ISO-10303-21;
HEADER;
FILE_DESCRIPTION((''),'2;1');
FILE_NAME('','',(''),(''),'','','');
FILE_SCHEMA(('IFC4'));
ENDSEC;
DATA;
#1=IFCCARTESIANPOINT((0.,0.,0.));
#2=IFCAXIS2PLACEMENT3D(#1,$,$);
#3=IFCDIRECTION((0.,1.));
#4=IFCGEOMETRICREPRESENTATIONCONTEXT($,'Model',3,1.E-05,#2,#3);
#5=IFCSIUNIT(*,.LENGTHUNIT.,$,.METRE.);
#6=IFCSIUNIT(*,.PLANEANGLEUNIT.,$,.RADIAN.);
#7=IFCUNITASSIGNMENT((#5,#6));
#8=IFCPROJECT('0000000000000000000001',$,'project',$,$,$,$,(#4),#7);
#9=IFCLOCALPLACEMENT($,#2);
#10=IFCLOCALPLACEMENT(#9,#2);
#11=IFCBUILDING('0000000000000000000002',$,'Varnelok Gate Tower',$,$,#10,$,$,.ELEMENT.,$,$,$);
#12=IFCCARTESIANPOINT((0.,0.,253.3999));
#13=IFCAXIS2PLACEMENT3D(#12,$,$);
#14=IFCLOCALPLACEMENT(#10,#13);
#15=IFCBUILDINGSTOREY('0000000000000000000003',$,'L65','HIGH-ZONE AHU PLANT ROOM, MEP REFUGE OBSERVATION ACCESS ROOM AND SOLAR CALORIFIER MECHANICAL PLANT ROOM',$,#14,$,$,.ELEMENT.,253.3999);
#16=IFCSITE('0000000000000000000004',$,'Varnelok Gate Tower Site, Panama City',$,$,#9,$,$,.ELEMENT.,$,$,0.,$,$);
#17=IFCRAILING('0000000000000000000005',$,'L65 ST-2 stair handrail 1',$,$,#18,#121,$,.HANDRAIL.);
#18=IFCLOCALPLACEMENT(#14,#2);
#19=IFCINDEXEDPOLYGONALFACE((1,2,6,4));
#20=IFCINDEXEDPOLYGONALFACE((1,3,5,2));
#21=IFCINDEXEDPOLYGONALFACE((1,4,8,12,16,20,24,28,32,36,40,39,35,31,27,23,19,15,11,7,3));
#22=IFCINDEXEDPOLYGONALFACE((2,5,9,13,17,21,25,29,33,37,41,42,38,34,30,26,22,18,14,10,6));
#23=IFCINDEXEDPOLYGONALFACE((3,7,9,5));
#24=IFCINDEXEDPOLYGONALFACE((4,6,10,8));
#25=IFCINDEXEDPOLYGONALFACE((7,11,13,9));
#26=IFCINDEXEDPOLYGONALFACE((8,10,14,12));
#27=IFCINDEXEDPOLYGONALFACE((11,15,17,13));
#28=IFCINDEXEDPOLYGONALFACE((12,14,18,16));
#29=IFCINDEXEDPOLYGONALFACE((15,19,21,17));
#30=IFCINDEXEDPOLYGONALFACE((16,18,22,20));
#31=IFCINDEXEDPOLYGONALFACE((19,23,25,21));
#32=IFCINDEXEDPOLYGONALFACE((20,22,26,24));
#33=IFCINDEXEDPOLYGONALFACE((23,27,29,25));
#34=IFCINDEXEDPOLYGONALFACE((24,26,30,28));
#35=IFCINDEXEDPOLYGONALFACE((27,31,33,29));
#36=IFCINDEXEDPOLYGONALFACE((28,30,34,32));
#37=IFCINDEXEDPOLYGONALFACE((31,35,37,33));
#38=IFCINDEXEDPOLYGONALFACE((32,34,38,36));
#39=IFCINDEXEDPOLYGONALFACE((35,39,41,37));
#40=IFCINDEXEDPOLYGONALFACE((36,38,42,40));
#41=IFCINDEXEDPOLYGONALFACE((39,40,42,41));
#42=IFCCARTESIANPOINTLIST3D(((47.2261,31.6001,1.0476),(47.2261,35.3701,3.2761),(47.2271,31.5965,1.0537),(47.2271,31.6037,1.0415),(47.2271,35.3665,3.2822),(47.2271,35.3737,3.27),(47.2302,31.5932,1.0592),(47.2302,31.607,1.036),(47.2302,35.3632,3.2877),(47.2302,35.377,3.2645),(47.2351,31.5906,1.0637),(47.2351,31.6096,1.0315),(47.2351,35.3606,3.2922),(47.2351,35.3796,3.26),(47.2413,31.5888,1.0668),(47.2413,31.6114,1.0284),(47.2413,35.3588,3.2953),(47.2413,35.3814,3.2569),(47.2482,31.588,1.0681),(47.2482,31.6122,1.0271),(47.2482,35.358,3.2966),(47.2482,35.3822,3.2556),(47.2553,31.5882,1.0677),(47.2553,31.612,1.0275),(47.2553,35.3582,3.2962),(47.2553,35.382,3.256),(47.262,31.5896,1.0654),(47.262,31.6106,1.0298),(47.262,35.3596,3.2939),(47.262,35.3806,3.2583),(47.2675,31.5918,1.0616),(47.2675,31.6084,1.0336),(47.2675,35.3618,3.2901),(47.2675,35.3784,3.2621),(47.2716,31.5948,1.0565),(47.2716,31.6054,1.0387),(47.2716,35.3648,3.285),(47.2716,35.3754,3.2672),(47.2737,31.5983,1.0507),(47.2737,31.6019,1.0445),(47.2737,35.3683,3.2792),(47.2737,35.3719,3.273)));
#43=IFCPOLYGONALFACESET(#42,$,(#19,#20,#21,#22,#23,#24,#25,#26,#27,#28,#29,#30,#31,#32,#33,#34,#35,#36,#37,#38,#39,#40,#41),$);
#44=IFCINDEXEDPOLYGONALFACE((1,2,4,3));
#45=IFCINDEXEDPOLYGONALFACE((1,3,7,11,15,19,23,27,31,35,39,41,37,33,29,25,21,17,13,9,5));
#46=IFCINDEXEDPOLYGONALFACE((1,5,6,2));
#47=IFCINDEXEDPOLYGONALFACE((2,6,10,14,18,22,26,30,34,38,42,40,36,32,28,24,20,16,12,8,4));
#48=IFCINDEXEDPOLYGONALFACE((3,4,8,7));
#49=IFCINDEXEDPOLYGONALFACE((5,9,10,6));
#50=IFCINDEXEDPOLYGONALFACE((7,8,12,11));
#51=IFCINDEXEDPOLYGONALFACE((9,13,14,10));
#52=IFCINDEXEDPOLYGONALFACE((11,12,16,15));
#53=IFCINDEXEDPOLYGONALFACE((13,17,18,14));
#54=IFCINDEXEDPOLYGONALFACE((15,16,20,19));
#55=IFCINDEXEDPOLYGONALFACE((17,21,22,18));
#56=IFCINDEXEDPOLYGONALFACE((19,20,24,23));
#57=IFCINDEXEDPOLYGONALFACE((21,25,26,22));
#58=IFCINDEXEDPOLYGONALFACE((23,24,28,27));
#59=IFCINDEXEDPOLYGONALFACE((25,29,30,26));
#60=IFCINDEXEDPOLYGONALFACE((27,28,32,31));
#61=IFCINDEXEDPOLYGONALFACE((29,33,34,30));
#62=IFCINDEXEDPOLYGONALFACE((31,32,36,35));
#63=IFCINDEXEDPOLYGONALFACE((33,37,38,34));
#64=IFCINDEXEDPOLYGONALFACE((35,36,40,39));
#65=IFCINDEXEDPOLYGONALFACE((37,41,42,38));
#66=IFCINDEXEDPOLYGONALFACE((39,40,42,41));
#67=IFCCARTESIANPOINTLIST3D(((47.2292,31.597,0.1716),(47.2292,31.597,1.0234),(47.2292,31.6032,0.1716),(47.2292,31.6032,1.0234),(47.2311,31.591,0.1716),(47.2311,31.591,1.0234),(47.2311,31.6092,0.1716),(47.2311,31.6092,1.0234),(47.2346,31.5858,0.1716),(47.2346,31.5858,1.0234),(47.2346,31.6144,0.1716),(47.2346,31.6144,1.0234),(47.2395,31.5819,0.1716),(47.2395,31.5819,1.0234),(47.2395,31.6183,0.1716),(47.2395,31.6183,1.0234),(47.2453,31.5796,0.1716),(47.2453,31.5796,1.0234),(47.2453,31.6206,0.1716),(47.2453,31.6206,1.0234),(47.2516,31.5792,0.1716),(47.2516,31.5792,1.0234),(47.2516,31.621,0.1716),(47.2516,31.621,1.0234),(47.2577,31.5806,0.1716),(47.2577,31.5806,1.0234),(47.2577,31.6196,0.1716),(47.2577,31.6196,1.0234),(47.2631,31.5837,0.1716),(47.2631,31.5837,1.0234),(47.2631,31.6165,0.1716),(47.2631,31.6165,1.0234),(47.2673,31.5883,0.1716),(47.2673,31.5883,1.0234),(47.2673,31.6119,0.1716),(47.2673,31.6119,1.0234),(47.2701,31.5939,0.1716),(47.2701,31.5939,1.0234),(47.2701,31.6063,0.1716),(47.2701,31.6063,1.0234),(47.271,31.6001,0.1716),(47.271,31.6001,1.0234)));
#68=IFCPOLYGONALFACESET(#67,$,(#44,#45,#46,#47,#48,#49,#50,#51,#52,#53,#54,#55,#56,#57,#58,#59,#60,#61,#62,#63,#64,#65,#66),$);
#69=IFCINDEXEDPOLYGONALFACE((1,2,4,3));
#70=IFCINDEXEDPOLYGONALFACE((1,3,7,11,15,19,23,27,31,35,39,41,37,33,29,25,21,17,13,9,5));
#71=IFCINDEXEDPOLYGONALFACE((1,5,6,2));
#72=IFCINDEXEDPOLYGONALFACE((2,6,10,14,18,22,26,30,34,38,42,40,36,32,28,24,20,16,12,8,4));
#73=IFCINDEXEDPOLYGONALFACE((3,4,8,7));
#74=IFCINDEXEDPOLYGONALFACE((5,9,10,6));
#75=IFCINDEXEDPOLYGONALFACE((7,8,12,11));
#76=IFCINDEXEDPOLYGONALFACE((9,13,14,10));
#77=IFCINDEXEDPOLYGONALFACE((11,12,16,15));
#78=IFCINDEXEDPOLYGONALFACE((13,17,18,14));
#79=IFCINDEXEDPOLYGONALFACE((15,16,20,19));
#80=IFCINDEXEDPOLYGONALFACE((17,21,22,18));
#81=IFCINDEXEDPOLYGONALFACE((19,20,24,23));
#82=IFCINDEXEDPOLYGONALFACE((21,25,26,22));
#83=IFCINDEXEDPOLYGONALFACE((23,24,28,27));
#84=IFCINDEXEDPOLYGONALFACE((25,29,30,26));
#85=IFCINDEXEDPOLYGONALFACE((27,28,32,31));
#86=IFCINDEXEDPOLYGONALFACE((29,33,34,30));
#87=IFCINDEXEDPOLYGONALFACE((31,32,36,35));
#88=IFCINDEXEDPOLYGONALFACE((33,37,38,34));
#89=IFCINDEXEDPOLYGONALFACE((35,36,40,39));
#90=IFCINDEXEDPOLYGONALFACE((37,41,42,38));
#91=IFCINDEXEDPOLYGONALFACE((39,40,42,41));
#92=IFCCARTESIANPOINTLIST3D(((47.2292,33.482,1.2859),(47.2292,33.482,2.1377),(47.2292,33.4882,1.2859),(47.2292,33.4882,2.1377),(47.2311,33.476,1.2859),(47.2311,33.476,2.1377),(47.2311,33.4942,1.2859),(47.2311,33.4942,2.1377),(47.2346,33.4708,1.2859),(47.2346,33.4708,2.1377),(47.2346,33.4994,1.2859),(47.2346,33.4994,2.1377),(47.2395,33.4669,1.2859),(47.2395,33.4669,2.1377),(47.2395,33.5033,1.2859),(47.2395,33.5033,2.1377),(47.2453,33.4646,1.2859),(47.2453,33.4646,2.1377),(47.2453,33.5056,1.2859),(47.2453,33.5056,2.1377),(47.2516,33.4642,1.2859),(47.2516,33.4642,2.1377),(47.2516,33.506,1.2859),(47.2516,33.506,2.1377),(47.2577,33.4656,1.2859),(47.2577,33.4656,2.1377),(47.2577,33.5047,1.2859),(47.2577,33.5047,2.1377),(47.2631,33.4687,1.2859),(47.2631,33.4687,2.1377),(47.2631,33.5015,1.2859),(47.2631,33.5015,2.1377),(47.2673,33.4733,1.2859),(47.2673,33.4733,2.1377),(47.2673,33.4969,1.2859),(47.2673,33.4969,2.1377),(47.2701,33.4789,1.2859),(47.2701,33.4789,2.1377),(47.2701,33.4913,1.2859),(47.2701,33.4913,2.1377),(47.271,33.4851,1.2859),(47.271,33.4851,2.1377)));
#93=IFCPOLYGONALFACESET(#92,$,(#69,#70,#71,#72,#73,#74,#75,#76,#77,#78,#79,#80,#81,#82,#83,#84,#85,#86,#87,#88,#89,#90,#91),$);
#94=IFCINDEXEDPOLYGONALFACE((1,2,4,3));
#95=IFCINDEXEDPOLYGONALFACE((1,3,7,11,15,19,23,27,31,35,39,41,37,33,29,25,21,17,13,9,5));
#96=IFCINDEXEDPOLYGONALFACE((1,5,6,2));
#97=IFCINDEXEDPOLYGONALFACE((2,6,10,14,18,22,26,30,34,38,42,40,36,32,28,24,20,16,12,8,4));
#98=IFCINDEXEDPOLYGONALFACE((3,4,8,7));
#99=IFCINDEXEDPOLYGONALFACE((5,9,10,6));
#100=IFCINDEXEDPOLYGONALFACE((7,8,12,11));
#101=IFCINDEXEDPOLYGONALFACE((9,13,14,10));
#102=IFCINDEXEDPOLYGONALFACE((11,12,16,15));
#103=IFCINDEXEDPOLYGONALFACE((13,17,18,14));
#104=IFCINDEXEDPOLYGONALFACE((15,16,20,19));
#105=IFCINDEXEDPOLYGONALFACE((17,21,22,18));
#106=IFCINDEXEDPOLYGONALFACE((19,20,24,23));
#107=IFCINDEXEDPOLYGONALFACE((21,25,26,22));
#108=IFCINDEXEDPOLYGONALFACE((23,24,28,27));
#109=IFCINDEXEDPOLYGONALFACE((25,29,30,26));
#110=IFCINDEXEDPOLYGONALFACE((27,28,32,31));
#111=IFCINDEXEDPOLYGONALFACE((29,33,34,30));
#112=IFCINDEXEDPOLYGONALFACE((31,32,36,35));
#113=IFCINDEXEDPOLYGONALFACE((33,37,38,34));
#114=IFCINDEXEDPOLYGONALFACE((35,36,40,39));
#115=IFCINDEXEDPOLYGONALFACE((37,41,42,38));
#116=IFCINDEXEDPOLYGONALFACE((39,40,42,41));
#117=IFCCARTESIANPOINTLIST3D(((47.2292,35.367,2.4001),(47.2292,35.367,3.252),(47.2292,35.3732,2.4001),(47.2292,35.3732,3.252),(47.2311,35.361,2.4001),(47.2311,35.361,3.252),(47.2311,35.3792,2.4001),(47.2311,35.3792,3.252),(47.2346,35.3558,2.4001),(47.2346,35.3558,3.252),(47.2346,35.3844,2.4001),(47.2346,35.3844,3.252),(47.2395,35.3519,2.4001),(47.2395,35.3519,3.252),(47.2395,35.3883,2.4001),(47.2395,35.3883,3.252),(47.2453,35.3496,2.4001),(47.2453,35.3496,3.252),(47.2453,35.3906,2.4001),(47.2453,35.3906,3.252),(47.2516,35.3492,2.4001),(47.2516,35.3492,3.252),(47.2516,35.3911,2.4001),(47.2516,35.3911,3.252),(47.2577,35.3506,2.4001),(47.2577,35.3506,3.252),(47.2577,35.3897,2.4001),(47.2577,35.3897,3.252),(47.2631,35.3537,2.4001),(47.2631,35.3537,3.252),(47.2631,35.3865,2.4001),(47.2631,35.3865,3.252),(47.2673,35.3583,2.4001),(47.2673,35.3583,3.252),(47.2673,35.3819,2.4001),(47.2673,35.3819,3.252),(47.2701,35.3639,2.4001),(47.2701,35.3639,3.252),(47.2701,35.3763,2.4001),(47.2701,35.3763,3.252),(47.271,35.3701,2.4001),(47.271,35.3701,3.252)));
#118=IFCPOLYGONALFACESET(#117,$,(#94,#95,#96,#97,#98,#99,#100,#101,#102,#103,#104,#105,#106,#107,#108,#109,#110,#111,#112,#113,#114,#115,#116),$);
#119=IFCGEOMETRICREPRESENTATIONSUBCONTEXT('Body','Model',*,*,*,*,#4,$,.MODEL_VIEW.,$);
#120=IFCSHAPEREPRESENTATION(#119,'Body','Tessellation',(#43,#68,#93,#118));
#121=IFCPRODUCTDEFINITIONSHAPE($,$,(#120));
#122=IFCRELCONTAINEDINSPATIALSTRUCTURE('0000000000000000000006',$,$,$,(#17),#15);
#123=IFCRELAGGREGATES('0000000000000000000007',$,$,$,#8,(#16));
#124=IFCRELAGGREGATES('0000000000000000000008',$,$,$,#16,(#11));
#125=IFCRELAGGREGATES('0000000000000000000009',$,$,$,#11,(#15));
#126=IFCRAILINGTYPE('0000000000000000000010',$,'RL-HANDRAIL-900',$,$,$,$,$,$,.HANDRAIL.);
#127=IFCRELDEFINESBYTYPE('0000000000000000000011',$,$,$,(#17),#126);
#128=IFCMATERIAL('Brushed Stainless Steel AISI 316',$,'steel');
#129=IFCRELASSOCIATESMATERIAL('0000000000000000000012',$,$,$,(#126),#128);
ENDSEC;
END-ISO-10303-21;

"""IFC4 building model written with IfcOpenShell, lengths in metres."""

from ifc_helpers import new_model, si_unit, direction, frame, origin, origin_2d, place, context, subcontext, project, spatial, circle, extrude, material, type_object, element, save


model = new_model("IFC4")

# Units and contexts
model_context = context("Model", 3, precision=1e-05, world=origin(), true_north=direction((0.0, 1.0)))
body_context = subcontext(model_context, "Body", "Model", "MODEL_VIEW")
ifc_project = project(units=[si_unit("LENGTHUNIT", "METRE"), si_unit("PLANEANGLEUNIT", "RADIAN")], contexts=[model_context])

# Site, building, storey
site_placement = place(None, origin())
site = spatial("IfcSite", under=ifc_project, at=site_placement, Name="Varnelok Gate Tower Site, Panama City", CompositionType="ELEMENT", RefElevation=0.0)
building_placement = place(site_placement, origin())
building = spatial("IfcBuilding", under=site, at=building_placement, Name="Varnelok Gate Tower", CompositionType="ELEMENT")
storey_placement = place(building_placement, frame((0.0, 0.0, 253.3999)))
storey = spatial("IfcBuildingStorey", under=building, at=storey_placement, Name="L65", Description="HIGH-ZONE AHU PLANT ROOM, MEP REFUGE OBSERVATION ACCESS ROOM AND SOLAR CALORIFIER MECHANICAL PLANT ROOM", CompositionType="ELEMENT", Elevation=253.3999)

# Railing
ifc_material_1 = material(Name="Brushed Stainless Steel AISI 316", Category="steel")
railing_type_1 = type_object("IfcRailingType", Name="RL-HANDRAIL-900", PredefinedType="HANDRAIL", material=ifc_material_1)
railing_1_placement = place(storey_placement, frame((47.25, 31.6001, 0.1716)))
element("IfcRailing", 1, at=railing_1_placement, inside=storey, type_object=railing_type_1, Name="L65 ST-2 stair handrail 1", PredefinedType="HANDRAIL", context=body_context, shape_type="SweptSolid", body=[
    extrude(circle(Radius=0.0239, at=origin_2d()), frame((0.0, 0.0, 0.876), z_axis=(0.0, 0.860849, 0.508861), x_axis=(-1.0, 0.0, 0.0)), (0.0, 0.0, 1.0), 4.3794),
    extrude(circle(Radius=0.021, at=origin_2d()), origin(), (0.0, 0.0, 1.0), 0.8518),
    extrude(circle(Radius=0.021, at=origin_2d()), frame((0.0, 1.885, 1.1143)), (0.0, 0.0, 1.0), 0.8518),
    extrude(circle(Radius=0.021, at=origin_2d()), frame((0.0, 3.77, 2.2285)), (0.0, 0.0, 1.0), 0.8518),
])

save(model, "model.ifc")
